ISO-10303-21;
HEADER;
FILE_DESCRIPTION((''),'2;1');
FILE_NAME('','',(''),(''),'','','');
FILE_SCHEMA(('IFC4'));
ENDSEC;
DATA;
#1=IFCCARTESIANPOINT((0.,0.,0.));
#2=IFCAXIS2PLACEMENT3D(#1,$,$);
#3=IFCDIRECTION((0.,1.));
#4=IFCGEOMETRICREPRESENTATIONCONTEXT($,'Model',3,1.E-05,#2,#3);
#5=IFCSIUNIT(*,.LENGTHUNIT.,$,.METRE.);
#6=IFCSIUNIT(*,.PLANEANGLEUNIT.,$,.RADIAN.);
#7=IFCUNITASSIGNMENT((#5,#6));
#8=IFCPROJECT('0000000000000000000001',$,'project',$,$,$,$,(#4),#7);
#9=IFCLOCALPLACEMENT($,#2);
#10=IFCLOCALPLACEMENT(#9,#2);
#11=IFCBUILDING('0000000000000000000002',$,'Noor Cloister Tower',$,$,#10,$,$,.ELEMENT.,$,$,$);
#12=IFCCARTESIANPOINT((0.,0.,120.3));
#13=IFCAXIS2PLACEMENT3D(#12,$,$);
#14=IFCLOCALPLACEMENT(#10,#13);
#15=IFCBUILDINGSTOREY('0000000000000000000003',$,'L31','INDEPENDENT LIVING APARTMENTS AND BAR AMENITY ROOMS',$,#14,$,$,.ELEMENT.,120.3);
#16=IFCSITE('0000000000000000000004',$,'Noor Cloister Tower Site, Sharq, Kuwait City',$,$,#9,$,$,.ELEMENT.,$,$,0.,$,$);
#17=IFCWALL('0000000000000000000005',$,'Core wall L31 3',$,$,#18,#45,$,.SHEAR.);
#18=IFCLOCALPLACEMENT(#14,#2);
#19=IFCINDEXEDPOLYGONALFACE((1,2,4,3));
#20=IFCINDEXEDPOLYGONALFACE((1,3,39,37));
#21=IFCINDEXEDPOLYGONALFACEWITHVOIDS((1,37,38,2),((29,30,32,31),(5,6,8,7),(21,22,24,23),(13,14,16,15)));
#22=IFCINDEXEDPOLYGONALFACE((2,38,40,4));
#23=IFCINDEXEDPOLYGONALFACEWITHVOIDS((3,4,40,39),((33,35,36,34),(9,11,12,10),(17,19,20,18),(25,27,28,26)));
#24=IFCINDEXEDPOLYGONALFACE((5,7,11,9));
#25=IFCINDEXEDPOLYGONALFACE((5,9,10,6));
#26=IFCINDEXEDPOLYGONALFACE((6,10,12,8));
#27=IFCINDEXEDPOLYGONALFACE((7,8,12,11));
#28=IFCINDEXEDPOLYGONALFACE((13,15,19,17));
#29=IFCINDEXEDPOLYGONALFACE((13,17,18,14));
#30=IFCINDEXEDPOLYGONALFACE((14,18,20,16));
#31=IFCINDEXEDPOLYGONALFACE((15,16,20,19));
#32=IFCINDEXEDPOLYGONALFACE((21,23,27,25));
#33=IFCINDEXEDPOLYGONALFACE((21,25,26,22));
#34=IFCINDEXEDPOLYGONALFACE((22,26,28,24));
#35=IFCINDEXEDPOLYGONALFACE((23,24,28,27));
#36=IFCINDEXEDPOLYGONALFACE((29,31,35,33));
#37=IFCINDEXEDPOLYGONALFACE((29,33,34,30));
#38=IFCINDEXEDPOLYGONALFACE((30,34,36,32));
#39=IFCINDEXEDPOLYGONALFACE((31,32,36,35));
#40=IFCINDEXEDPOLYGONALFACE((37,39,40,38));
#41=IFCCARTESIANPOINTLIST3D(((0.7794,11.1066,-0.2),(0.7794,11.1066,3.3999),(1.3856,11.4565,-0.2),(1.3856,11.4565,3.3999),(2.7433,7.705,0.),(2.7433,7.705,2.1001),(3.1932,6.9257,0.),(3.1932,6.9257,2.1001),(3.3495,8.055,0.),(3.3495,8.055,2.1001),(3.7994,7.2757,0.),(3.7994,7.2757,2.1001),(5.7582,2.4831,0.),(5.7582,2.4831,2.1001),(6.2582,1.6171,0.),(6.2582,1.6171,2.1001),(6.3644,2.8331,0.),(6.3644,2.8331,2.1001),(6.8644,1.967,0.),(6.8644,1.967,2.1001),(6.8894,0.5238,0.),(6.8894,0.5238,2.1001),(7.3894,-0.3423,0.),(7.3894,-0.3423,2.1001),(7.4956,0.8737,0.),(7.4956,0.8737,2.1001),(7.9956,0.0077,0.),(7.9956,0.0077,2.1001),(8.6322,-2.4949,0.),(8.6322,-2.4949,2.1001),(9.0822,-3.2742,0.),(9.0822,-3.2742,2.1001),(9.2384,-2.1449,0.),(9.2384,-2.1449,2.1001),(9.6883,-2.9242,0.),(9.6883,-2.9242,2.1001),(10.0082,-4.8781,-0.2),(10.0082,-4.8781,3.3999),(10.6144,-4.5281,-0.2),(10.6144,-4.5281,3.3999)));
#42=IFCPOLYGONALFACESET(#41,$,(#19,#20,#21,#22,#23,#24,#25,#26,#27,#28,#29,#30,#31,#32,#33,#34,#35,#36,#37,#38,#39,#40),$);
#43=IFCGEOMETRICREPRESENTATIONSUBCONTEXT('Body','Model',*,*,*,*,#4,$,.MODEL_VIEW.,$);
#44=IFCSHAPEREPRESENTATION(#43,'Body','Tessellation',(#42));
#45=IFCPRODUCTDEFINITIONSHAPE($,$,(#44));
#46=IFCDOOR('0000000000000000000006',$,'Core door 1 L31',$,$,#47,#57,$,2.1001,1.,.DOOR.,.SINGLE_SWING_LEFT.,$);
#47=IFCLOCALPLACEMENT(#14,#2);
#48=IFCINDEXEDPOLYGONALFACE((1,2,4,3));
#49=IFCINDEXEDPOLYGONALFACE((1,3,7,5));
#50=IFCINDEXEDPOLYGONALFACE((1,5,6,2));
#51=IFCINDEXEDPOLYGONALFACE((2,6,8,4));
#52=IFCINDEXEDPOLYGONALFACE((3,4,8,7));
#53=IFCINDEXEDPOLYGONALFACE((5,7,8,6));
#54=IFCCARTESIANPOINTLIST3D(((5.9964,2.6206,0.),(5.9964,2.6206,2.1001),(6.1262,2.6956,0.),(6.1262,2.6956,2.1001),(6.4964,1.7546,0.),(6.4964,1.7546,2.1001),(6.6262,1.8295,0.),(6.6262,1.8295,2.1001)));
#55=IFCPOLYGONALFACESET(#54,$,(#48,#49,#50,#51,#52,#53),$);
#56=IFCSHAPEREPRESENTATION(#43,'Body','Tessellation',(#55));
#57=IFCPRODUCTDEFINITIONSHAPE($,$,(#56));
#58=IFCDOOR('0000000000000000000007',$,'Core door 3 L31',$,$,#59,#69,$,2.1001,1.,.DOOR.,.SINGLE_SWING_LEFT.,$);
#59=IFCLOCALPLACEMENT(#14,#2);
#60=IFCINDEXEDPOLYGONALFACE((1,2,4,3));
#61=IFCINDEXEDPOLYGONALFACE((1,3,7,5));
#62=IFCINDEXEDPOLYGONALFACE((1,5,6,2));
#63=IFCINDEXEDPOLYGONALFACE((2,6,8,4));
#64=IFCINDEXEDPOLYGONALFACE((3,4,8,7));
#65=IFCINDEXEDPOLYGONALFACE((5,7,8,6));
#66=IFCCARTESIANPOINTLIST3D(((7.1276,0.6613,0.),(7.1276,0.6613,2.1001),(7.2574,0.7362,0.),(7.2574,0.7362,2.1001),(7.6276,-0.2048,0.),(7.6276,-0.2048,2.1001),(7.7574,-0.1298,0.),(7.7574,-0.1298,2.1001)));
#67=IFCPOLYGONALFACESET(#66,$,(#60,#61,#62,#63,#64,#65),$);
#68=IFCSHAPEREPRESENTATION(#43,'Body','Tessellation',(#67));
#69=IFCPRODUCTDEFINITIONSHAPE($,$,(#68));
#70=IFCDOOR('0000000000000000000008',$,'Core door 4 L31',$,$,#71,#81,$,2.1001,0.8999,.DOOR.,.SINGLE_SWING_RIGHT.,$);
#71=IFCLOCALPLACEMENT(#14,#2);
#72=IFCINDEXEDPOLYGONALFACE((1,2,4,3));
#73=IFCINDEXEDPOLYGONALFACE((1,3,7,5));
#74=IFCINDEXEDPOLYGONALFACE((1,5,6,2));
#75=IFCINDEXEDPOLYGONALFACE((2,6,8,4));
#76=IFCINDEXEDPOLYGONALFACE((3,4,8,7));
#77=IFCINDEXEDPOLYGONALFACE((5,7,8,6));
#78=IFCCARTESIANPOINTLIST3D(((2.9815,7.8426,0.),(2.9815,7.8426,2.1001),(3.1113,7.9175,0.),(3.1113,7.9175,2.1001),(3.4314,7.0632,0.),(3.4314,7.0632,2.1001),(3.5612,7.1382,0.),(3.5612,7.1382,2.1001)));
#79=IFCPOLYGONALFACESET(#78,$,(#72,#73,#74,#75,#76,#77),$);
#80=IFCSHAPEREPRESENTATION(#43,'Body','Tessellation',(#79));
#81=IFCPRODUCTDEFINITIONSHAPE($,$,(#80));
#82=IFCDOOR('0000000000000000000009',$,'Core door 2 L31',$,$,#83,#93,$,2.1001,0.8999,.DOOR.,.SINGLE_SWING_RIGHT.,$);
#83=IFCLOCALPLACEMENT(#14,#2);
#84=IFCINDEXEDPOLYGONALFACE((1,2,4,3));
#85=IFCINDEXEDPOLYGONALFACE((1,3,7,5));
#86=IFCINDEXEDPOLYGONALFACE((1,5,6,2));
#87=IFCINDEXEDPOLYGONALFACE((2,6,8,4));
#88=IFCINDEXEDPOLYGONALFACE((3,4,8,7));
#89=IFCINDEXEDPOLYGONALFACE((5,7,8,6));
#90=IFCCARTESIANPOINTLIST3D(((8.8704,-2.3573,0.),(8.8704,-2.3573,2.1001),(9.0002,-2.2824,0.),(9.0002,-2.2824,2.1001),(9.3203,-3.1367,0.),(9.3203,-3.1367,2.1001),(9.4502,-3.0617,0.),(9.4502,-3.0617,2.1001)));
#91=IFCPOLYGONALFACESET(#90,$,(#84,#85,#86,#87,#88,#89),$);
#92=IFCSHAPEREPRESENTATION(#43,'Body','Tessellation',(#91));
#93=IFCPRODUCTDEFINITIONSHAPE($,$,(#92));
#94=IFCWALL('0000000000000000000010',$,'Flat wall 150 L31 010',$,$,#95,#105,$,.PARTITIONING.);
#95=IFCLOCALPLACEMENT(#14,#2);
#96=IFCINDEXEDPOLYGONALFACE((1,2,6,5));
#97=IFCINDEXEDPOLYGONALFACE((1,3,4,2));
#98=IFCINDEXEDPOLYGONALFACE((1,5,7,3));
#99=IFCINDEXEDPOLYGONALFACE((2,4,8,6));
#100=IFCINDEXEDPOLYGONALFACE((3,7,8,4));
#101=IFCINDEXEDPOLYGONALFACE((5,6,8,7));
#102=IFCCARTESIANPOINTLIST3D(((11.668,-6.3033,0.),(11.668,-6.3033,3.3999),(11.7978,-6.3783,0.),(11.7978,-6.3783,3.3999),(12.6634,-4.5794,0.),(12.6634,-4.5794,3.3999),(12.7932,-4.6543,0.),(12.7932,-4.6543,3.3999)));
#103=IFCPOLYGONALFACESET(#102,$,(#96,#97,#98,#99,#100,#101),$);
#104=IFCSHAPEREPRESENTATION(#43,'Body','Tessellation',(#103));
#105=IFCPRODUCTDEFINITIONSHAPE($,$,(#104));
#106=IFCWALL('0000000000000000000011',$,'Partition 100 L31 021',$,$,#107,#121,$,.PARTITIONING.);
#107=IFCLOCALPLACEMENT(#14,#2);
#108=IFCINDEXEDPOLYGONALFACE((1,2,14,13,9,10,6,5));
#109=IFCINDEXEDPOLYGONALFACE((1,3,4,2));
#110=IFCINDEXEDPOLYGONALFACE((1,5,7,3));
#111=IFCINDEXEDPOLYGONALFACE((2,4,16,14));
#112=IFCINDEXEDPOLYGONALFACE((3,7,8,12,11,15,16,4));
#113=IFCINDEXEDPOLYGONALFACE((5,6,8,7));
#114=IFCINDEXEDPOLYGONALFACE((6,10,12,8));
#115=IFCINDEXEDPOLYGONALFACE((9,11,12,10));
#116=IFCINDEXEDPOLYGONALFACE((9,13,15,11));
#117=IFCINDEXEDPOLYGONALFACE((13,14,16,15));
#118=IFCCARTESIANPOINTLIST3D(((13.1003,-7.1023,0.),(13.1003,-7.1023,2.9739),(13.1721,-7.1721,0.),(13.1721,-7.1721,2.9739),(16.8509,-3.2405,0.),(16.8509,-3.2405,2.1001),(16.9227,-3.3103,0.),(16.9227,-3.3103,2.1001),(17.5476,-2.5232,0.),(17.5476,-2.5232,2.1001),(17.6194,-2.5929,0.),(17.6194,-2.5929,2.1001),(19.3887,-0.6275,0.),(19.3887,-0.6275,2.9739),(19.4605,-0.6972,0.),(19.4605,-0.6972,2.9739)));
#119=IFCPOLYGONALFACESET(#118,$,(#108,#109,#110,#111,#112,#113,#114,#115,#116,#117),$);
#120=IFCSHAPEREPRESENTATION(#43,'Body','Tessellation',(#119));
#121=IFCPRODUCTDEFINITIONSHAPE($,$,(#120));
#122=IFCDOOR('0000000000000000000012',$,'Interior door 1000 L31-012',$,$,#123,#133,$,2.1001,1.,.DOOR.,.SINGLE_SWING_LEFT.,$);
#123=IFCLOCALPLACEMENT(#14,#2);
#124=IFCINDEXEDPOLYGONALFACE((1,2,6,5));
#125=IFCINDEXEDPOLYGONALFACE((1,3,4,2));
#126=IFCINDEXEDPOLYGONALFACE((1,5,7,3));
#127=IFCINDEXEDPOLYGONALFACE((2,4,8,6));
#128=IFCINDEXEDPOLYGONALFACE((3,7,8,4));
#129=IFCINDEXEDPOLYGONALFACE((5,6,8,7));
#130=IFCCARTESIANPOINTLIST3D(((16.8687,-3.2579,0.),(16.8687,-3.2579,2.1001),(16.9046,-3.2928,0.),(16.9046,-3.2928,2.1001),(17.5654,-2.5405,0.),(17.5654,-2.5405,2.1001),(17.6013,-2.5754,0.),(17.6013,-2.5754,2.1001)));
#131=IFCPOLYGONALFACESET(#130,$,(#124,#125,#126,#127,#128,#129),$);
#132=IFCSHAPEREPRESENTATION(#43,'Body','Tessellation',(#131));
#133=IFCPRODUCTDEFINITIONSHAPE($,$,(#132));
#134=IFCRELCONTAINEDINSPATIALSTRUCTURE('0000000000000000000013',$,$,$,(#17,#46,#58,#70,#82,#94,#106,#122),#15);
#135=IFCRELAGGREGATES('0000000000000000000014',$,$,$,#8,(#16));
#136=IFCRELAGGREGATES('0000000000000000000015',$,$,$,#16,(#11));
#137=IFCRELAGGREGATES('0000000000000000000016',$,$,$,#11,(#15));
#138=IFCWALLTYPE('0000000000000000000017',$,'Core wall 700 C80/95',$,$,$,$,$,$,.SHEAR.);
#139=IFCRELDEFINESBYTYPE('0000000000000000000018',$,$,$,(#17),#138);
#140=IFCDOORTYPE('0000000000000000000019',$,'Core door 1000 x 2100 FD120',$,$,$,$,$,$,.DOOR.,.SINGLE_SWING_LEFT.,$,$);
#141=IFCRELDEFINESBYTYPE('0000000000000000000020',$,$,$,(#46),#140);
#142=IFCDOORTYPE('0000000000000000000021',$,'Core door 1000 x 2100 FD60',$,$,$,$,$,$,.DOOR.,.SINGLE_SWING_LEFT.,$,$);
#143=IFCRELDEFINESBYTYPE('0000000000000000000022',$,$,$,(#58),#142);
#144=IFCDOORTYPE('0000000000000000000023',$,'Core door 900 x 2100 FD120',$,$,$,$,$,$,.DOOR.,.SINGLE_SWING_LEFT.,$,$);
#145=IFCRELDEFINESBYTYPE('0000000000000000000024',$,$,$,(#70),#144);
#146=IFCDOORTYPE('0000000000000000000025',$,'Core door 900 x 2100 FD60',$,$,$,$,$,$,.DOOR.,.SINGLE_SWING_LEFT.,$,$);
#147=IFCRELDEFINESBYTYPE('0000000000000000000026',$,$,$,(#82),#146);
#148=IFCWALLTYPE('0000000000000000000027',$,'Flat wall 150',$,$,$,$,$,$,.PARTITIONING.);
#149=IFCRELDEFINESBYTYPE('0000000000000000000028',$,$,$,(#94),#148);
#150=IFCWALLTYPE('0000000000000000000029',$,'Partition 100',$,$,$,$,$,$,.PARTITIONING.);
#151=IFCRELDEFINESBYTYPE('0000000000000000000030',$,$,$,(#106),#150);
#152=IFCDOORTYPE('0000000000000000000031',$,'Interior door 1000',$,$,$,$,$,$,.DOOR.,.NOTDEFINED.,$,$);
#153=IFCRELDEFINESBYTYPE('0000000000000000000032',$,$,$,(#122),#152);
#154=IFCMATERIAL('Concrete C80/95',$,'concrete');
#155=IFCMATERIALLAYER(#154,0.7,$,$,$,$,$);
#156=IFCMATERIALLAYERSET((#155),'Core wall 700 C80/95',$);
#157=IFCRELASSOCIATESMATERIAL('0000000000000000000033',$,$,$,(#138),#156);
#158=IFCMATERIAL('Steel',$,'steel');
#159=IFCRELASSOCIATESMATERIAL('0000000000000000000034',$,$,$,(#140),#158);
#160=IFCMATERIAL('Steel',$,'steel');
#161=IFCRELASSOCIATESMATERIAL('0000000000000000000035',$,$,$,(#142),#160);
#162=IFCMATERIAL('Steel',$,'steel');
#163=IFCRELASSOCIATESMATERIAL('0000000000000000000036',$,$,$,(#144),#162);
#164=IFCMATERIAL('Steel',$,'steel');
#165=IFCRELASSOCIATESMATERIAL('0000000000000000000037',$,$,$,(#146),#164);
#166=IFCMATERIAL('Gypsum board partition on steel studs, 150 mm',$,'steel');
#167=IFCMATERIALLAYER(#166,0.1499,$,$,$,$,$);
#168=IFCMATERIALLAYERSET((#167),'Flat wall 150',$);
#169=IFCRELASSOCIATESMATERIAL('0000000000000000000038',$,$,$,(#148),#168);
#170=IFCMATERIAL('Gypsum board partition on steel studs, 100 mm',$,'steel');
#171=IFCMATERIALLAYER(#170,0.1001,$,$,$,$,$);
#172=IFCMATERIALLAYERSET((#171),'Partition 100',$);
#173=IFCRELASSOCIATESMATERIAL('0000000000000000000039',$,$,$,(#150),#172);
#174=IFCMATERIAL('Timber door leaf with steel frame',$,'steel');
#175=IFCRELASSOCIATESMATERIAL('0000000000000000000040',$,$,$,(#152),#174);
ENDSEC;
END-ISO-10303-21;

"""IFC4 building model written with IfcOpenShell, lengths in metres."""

from ifc_helpers import new_model, si_unit, direction, frame, frame_2d, origin, place, context, subcontext, project, spatial, rectangle, extrude, material, layer, layer_set, type_object, element, fill, save


model = new_model("IFC4")

# Units and contexts
model_context = context("Model", 3, precision=1e-05, world=origin(), true_north=direction((0.0, 1.0)))
body_context = subcontext(model_context, "Body", "Model", "MODEL_VIEW")
ifc_project = project(units=[si_unit("LENGTHUNIT", "METRE"), si_unit("PLANEANGLEUNIT", "RADIAN")], contexts=[model_context])

# Site, building, storey
site_placement = place(None, origin())
site = spatial("IfcSite", under=ifc_project, at=site_placement, Name="Noor Cloister Tower Site, Sharq, Kuwait City", CompositionType="ELEMENT", RefElevation=0.0)
building_placement = place(site_placement, origin())
building = spatial("IfcBuilding", under=site, at=building_placement, Name="Noor Cloister Tower", CompositionType="ELEMENT")
storey_placement = place(building_placement, frame((0.0, 0.0, 120.3)))
storey = spatial("IfcBuildingStorey", under=building, at=storey_placement, Name="L31", Description="INDEPENDENT LIVING APARTMENTS AND BAR AMENITY ROOMS", CompositionType="ELEMENT", Elevation=120.3)

# Wall, openings, doors
ifc_material_1 = material(Name="Concrete C80/95", Category="concrete")
ifc_layer_1 = layer(ifc_material_1, 0.7)
ifc_layer_set_1 = layer_set([ifc_layer_1], Name="Core wall 700 C80/95")
wall_type_1 = type_object("IfcWallType", Name="Core wall 700 C80/95", PredefinedType="SHEAR", material=ifc_layer_set_1)
wall_1_placement = place(storey_placement, frame((10.3113, -4.7031, -0.2), z_axis=(0.0, 0.0, 1.0), x_axis=(-0.500001, 0.866025, 0.0)))
wall_1 = element("IfcWall", 1, at=wall_1_placement, inside=storey, type_object=wall_type_1, Name="Core wall L31 3", PredefinedType="SHEAR", context=body_context, shape_type="SweptSolid", body=[
    extrude(rectangle(XDim=18.4575, YDim=0.7, at=frame_2d((9.2288, 0.0))), origin(), (0.0, 0.0, 1.0), 3.5999),
])
opening_1_placement = place(wall_1_placement, frame((7.5, 0.0, 0.2)))
opening_1 = element("IfcOpeningElement", 2, at=opening_1_placement, cuts=wall_1, PredefinedType="OPENING", context=body_context, shape_type="SweptSolid", body=[
    extrude(rectangle(XDim=1.0, YDim=2.1001, at=frame_2d((0.5, 1.05))), frame((0.0, 0.3599, 0.0), z_axis=(0.0, -1.0, 0.0), x_axis=(1.0, 0.0, 0.0)), (0.0, 0.0, 1.0), 0.72),
])
opening_2_placement = place(wall_1_placement, frame((1.8521, 0.0, 0.2)))
opening_2 = element("IfcOpeningElement", 3, at=opening_2_placement, cuts=wall_1, PredefinedType="OPENING", context=body_context, shape_type="SweptSolid", body=[
    extrude(rectangle(XDim=0.8999, YDim=2.1001, at=frame_2d((0.45, 1.05))), frame((0.0, 0.3599, 0.0), z_axis=(0.0, -1.0, 0.0), x_axis=(1.0, 0.0, 0.0)), (0.0, 0.0, 1.0), 0.72),
])
opening_3_placement = place(wall_1_placement, frame((5.2375, 0.0, 0.2)))
opening_3 = element("IfcOpeningElement", 4, at=opening_3_placement, cuts=wall_1, PredefinedType="OPENING", context=body_context, shape_type="SweptSolid", body=[
    extrude(rectangle(XDim=1.0, YDim=2.1001, at=frame_2d((0.5, 1.05))), frame((0.0, 0.3599, 0.0), z_axis=(0.0, -1.0, 0.0), x_axis=(1.0, 0.0, 0.0)), (0.0, 0.0, 1.0), 0.72),
])
opening_4_placement = place(wall_1_placement, frame((13.6299, 0.0, 0.2)))
opening_4 = element("IfcOpeningElement", 5, at=opening_4_placement, cuts=wall_1, PredefinedType="OPENING", context=body_context, shape_type="SweptSolid", body=[
    extrude(rectangle(XDim=0.8999, YDim=2.1001, at=frame_2d((0.45, 1.05))), frame((0.0, 0.3599, 0.0), z_axis=(0.0, -1.0, 0.0), x_axis=(1.0, 0.0, 0.0)), (0.0, 0.0, 1.0), 0.72),
])
ifc_material_2 = material(Name="Steel", Category="steel")
door_type_1 = type_object("IfcDoorType", Name="Core door 1000 x 2100 FD120", OperationType="SINGLE_SWING_LEFT", PredefinedType="DOOR", material=ifc_material_2)
door_1_placement = place(opening_1_placement, origin())
door_1 = element("IfcDoor", 6, at=door_1_placement, inside=storey, type_object=door_type_1, Name="Core door 1 L31", OperationType="SINGLE_SWING_LEFT", OverallHeight=2.1001, OverallWidth=1.0, PredefinedType="DOOR", context=body_context, shape_type="SweptSolid", body=[
    extrude(rectangle(XDim=1.0, YDim=2.1001, at=frame_2d((0.5, 1.05))), frame((0.0, 0.075, 0.0), z_axis=(0.0, -1.0, 0.0), x_axis=(1.0, 0.0, 0.0)), (0.0, 0.0, 1.0), 0.1499),
])
fill(opening_1, door_1)
ifc_material_3 = material(Name="Steel", Category="steel")
door_type_2 = type_object("IfcDoorType", Name="Core door 1000 x 2100 FD60", OperationType="SINGLE_SWING_LEFT", PredefinedType="DOOR", material=ifc_material_3)
door_2_placement = place(opening_3_placement, origin())
door_2 = element("IfcDoor", 7, at=door_2_placement, inside=storey, type_object=door_type_2, Name="Core door 3 L31", OperationType="SINGLE_SWING_LEFT", OverallHeight=2.1001, OverallWidth=1.0, PredefinedType="DOOR", context=body_context, shape_type="SweptSolid", body=[
    extrude(rectangle(XDim=1.0, YDim=2.1001, at=frame_2d((0.5, 1.05))), frame((0.0, 0.075, 0.0), z_axis=(0.0, -1.0, 0.0), x_axis=(1.0, 0.0, 0.0)), (0.0, 0.0, 1.0), 0.1499),
])
fill(opening_3, door_2)
ifc_material_4 = material(Name="Steel", Category="steel")
door_type_3 = type_object("IfcDoorType", Name="Core door 900 x 2100 FD120", OperationType="SINGLE_SWING_LEFT", PredefinedType="DOOR", material=ifc_material_4)
door_3_placement = place(opening_4_placement, origin())
door_3 = element("IfcDoor", 8, at=door_3_placement, inside=storey, type_object=door_type_3, Name="Core door 4 L31", OperationType="SINGLE_SWING_RIGHT", OverallHeight=2.1001, OverallWidth=0.8999, PredefinedType="DOOR", context=body_context, shape_type="SweptSolid", body=[
    extrude(rectangle(XDim=0.8999, YDim=2.1001, at=frame_2d((0.45, 1.05))), frame((0.0, 0.075, 0.0), z_axis=(0.0, -1.0, 0.0), x_axis=(1.0, 0.0, 0.0)), (0.0, 0.0, 1.0), 0.1499),
])
fill(opening_4, door_3)
ifc_material_5 = material(Name="Steel", Category="steel")
door_type_4 = type_object("IfcDoorType", Name="Core door 900 x 2100 FD60", OperationType="SINGLE_SWING_LEFT", PredefinedType="DOOR", material=ifc_material_5)
door_4_placement = place(opening_2_placement, origin())
door_4 = element("IfcDoor", 9, at=door_4_placement, inside=storey, type_object=door_type_4, Name="Core door 2 L31", OperationType="SINGLE_SWING_RIGHT", OverallHeight=2.1001, OverallWidth=0.8999, PredefinedType="DOOR", context=body_context, shape_type="SweptSolid", body=[
    extrude(rectangle(XDim=0.8999, YDim=2.1001, at=frame_2d((0.45, 1.05))), frame((0.0, 0.075, 0.0), z_axis=(0.0, -1.0, 0.0), x_axis=(1.0, 0.0, 0.0)), (0.0, 0.0, 1.0), 0.1499),
])
fill(opening_2, door_4)

# Wall
ifc_material_6 = material(Name="Gypsum board partition on steel studs, 150 mm", Category="steel")
ifc_layer_2 = layer(ifc_material_6, 0.1499)
ifc_layer_set_2 = layer_set([ifc_layer_2], Name="Flat wall 150")
wall_type_2 = type_object("IfcWallType", Name="Flat wall 150", PredefinedType="PARTITIONING", material=ifc_layer_set_2)
wall_2_placement = place(storey_placement, frame((11.7329, -6.3408, 0.0), z_axis=(0.0, 0.0, 1.0), x_axis=(0.50003, 0.866008, 0.0)))
element("IfcWall", 10, at=wall_2_placement, inside=storey, type_object=wall_type_2, Name="Flat wall 150 L31 010", PredefinedType="PARTITIONING", context=body_context, shape_type="SweptSolid", body=[
    extrude(rectangle(XDim=1.9907, YDim=0.1499, at=frame_2d((0.9954, 0.0))), origin(), (0.0, 0.0, 1.0), 3.3999),
])

# Wall, opening, door
ifc_material_7 = material(Name="Gypsum board partition on steel studs, 100 mm", Category="steel")
ifc_layer_3 = layer(ifc_material_7, 0.1001)
ifc_layer_set_3 = layer_set([ifc_layer_3], Name="Partition 100")
wall_type_3 = type_object("IfcWallType", Name="Partition 100", PredefinedType="PARTITIONING", material=ifc_layer_set_3)
wall_3_placement = place(storey_placement, frame((19.4246, -0.6624, 0.0), z_axis=(0.0, 0.0, 1.0), x_axis=(-0.696699, -0.717364, 0.0)))
wall_3 = element("IfcWall", 11, at=wall_3_placement, inside=storey, type_object=wall_type_3, Name="Partition 100 L31 021", PredefinedType="PARTITIONING", context=body_context, shape_type="SweptSolid", body=[
    extrude(rectangle(XDim=9.0259, YDim=0.1001, at=frame_2d((4.5129, 0.0))), origin(), (0.0, 0.0, 1.0), 2.9739),
])
opening_5_placement = place(wall_3_placement, frame((2.6426, 0.0, 0.0)))
opening_5 = element("IfcOpeningElement", 12, at=opening_5_placement, cuts=wall_3, PredefinedType="OPENING", context=body_context, shape_type="SweptSolid", body=[
    extrude(rectangle(XDim=1.0, YDim=2.1001, at=frame_2d((0.5, 1.05))), frame((0.0, 0.0601, 0.0), z_axis=(0.0, -1.0, 0.0), x_axis=(1.0, 0.0, 0.0)), (0.0, 0.0, 1.0), 0.1201),
])
ifc_material_8 = material(Name="Timber door leaf with steel frame", Category="steel")
door_type_5 = type_object("IfcDoorType", Name="Interior door 1000", OperationType="NOTDEFINED", PredefinedType="DOOR", material=ifc_material_8)
door_5_placement = place(opening_5_placement, origin())
door_5 = element("IfcDoor", 13, at=door_5_placement, inside=storey, type_object=door_type_5, Name="Interior door 1000 L31-012", OperationType="SINGLE_SWING_LEFT", OverallHeight=2.1001, OverallWidth=1.0, PredefinedType="DOOR", context=body_context, shape_type="SweptSolid", body=[
    extrude(rectangle(XDim=1.0, YDim=2.1001, at=frame_2d((0.5, 1.05))), frame((0.0, 0.0249, 0.0), z_axis=(0.0, -1.0, 0.0), x_axis=(1.0, 0.0, 0.0)), (0.0, 0.0, 1.0), 0.05),
])
fill(opening_5, door_5)

save(model, "model.ifc")
